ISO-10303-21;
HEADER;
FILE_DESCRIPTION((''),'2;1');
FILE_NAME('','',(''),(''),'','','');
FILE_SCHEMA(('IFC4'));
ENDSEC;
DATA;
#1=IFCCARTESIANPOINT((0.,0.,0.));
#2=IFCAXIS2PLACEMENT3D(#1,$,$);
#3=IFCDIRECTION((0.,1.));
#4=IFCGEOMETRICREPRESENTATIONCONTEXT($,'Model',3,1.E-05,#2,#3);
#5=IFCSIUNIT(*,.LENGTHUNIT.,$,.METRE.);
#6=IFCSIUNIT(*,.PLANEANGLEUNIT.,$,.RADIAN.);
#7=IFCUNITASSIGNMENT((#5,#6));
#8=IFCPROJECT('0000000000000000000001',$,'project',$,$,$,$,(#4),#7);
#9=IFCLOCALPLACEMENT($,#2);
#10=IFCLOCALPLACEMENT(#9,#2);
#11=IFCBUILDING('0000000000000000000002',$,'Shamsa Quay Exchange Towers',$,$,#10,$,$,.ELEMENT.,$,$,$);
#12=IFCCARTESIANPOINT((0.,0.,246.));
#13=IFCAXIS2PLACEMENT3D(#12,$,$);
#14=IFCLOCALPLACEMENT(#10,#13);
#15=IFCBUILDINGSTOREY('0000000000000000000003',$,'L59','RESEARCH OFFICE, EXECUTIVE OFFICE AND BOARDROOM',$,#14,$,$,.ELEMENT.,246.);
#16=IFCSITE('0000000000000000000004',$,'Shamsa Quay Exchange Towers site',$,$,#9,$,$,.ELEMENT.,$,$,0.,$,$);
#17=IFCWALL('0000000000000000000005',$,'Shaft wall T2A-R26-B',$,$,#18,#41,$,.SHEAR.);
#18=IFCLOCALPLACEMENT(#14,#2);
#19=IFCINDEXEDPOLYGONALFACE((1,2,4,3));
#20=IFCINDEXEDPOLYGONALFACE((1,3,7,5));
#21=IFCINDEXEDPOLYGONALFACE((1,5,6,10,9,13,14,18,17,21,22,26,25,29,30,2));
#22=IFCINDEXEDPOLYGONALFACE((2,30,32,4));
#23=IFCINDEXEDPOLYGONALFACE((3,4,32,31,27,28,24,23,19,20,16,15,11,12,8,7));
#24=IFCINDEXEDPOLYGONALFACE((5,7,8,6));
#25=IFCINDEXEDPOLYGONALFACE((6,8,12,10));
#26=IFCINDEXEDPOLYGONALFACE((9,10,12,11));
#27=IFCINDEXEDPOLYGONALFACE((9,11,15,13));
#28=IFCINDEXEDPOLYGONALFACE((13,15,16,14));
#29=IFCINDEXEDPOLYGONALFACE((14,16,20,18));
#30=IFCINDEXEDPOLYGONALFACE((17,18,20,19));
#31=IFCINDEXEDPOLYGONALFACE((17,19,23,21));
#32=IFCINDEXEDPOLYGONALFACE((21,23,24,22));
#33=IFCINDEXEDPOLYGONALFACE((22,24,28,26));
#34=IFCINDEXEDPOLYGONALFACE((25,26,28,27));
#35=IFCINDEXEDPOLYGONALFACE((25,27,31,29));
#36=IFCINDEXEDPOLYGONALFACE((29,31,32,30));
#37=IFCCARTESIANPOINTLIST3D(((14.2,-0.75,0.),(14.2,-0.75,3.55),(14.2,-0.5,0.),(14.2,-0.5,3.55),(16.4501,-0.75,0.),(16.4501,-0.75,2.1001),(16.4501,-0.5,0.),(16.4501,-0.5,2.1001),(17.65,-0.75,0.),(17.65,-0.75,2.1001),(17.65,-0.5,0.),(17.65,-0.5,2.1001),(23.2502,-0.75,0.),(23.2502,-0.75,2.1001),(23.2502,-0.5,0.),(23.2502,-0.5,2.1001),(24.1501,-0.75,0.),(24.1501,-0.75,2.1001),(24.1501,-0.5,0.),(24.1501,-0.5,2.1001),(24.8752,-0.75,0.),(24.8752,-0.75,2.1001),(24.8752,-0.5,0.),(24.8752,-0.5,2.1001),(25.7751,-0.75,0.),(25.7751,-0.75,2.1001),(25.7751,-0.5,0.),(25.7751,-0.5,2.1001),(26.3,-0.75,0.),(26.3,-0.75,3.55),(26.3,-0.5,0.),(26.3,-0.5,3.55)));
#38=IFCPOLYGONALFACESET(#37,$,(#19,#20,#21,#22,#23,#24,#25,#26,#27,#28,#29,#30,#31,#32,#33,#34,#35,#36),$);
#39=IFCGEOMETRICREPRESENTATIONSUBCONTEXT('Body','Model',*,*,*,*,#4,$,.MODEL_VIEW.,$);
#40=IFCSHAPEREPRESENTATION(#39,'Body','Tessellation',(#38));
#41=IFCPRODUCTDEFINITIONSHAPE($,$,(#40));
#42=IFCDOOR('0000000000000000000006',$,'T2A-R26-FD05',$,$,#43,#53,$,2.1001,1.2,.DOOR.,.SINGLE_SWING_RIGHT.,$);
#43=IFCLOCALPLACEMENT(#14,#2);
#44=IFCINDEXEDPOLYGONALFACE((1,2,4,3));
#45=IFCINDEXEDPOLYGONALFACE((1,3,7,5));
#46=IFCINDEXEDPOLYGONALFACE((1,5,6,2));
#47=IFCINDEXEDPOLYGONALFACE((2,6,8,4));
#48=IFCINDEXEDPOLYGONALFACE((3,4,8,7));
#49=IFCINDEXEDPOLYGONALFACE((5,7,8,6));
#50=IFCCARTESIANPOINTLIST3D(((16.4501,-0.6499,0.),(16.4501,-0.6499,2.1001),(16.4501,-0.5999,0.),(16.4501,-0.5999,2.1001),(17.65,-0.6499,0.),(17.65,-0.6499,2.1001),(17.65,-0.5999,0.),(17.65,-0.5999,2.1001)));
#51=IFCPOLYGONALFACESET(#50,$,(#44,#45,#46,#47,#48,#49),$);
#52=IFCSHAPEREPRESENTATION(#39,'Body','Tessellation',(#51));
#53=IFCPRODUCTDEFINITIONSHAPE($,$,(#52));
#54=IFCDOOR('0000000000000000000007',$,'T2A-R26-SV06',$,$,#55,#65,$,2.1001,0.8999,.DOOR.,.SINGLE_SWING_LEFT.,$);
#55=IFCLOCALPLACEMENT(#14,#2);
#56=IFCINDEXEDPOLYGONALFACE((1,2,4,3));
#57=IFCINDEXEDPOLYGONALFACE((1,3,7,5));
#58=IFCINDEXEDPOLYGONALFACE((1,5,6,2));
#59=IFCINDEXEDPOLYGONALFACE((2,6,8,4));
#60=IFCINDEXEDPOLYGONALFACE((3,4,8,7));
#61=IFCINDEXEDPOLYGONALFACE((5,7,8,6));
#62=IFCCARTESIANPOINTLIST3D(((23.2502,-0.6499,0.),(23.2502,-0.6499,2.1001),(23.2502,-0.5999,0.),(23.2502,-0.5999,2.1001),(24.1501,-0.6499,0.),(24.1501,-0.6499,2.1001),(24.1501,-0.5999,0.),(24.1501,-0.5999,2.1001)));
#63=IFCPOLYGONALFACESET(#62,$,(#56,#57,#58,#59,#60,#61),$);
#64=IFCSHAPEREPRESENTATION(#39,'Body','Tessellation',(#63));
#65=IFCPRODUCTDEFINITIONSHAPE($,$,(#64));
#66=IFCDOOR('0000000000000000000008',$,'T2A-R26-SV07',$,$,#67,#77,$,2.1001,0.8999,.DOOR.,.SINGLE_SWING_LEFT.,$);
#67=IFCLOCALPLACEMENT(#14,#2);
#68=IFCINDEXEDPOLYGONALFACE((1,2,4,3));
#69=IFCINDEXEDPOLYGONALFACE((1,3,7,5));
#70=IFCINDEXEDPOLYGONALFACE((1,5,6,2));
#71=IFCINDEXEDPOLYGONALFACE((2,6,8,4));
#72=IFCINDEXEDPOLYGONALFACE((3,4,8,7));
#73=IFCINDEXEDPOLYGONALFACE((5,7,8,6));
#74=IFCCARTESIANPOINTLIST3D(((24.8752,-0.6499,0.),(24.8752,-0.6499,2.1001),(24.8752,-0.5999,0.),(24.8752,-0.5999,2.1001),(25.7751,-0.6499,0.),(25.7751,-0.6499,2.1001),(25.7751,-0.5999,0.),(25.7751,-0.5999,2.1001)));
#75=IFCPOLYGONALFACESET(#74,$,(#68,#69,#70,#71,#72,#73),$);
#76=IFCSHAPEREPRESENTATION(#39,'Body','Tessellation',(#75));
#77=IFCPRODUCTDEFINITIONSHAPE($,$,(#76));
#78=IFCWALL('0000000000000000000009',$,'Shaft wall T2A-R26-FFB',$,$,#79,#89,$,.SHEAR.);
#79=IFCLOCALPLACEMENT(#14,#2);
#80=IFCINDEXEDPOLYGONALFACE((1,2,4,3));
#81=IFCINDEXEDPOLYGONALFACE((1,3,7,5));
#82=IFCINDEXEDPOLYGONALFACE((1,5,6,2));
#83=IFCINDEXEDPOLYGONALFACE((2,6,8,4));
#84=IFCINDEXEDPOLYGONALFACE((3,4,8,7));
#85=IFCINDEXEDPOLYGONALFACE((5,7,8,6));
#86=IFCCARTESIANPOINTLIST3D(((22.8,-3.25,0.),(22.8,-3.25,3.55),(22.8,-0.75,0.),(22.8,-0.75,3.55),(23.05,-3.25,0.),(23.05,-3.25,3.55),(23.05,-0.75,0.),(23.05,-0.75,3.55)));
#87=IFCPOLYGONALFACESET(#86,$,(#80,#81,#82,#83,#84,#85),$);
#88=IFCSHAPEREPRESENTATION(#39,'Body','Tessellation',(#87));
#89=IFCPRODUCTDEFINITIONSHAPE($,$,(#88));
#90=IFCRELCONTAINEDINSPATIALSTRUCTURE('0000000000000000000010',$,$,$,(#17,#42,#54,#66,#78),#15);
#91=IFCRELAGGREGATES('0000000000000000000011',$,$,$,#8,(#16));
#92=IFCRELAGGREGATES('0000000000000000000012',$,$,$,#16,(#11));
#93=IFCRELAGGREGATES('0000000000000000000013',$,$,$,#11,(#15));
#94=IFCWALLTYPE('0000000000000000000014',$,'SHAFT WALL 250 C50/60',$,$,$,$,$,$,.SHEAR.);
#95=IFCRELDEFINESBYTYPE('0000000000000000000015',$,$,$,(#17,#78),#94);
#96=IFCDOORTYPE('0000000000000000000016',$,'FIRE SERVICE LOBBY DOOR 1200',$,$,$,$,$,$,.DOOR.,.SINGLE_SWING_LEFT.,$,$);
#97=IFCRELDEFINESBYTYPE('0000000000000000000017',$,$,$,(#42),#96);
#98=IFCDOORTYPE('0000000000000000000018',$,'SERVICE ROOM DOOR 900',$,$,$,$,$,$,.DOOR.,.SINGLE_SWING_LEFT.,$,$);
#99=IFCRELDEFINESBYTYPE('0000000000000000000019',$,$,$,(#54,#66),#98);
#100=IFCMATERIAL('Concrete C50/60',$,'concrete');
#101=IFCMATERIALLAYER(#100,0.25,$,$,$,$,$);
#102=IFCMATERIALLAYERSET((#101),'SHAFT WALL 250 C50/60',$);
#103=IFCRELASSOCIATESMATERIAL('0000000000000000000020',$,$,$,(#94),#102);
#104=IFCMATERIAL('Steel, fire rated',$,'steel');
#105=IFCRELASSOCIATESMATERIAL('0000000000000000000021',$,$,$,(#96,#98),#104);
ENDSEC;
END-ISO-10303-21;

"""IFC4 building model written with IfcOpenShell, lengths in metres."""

from ifc_helpers import new_model, si_unit, direction, frame, frame_2d, origin, place, context, subcontext, project, spatial, rectangle, extrude, material, layer, layer_set, type_object, element, fill, save


model = new_model("IFC4")

# Units and contexts
model_context = context("Model", 3, precision=1e-05, world=origin(), true_north=direction((0.0, 1.0)))
body_context = subcontext(model_context, "Body", "Model", "MODEL_VIEW")
ifc_project = project(units=[si_unit("LENGTHUNIT", "METRE"), si_unit("PLANEANGLEUNIT", "RADIAN")], contexts=[model_context])

# Site, building, storey
site_placement = place(None, origin())
site = spatial("IfcSite", under=ifc_project, at=site_placement, Name="Shamsa Quay Exchange Towers site", CompositionType="ELEMENT", RefElevation=0.0)
building_placement = place(site_placement, origin())
building = spatial("IfcBuilding", under=site, at=building_placement, Name="Shamsa Quay Exchange Towers", CompositionType="ELEMENT")
storey_placement = place(building_placement, frame((0.0, 0.0, 246.0)))
storey = spatial("IfcBuildingStorey", under=building, at=storey_placement, Name="L59", Description="RESEARCH OFFICE, EXECUTIVE OFFICE AND BOARDROOM", CompositionType="ELEMENT", Elevation=246.0)

# Shared definitions
ifc_material_1 = material(Name="Concrete C50/60", Category="concrete")
ifc_layer_1 = layer(ifc_material_1, 0.25)
ifc_layer_set_1 = layer_set([ifc_layer_1], Name="SHAFT WALL 250 C50/60")
wall_type_1 = type_object("IfcWallType", Name="SHAFT WALL 250 C50/60", PredefinedType="SHEAR", material=ifc_layer_set_1)
ifc_material_2 = material(Name="Steel, fire rated", Category="steel")

# Wall, openings, doors
wall_1_placement = place(storey_placement, frame((26.3, -0.625, 0.0), z_axis=(0.0, 0.0, 1.0), x_axis=(-1.0, 0.0, 0.0)))
wall_1 = element("IfcWall", 1, at=wall_1_placement, inside=storey, type_object=wall_type_1, Name="Shaft wall T2A-R26-B", PredefinedType="SHEAR", context=body_context, shape_type="SweptSolid", body=[
    extrude(rectangle(XDim=12.1001, YDim=0.25, at=frame_2d((6.05, 0.0))), origin(), (0.0, 0.0, 1.0), 3.55),
])
opening_1_placement = place(wall_1_placement, frame((8.6499, 0.0, 0.0)))
opening_1 = element("IfcOpeningElement", 2, at=opening_1_placement, cuts=wall_1, PredefinedType="OPENING", context=body_context, shape_type="SweptSolid", body=[
    extrude(rectangle(XDim=1.2, YDim=2.1001, at=frame_2d((0.6001, 1.05))), frame((0.0, 0.135, 0.0), z_axis=(0.0, -1.0, 0.0), x_axis=(1.0, 0.0, 0.0)), (0.0, 0.0, 1.0), 0.27),
])
opening_2_placement = place(wall_1_placement, frame((2.1499, 0.0, 0.0)))
opening_2 = element("IfcOpeningElement", 3, at=opening_2_placement, cuts=wall_1, PredefinedType="OPENING", context=body_context, shape_type="SweptSolid", body=[
    extrude(rectangle(XDim=0.8999, YDim=2.1001, at=frame_2d((0.45, 1.05))), frame((0.0, 0.135, 0.0), z_axis=(0.0, -1.0, 0.0), x_axis=(1.0, 0.0, 0.0)), (0.0, 0.0, 1.0), 0.27),
])
opening_3_placement = place(wall_1_placement, frame((0.5249, 0.0, 0.0)))
opening_3 = element("IfcOpeningElement", 4, at=opening_3_placement, cuts=wall_1, PredefinedType="OPENING", context=body_context, shape_type="SweptSolid", body=[
    extrude(rectangle(XDim=0.8999, YDim=2.1001, at=frame_2d((0.45, 1.05))), frame((0.0, 0.135, 0.0), z_axis=(0.0, -1.0, 0.0), x_axis=(1.0, 0.0, 0.0)), (0.0, 0.0, 1.0), 0.27),
])
door_type_1 = type_object("IfcDoorType", Name="FIRE SERVICE LOBBY DOOR 1200", OperationType="SINGLE_SWING_LEFT", PredefinedType="DOOR", material=ifc_material_2)
door_1_placement = place(opening_1_placement, origin())
door_1 = element("IfcDoor", 5, at=door_1_placement, inside=storey, type_object=door_type_1, Name="T2A-R26-FD05", OperationType="SINGLE_SWING_RIGHT", OverallHeight=2.1001, OverallWidth=1.2, PredefinedType="DOOR", context=body_context, shape_type="SweptSolid", body=[
    extrude(rectangle(XDim=1.2, YDim=2.1001, at=frame_2d((0.6001, 1.05))), frame((0.0, 0.0249, 0.0), z_axis=(0.0, -1.0, 0.0), x_axis=(1.0, 0.0, 0.0)), (0.0, 0.0, 1.0), 0.05),
])
fill(opening_1, door_1)
door_type_2 = type_object("IfcDoorType", Name="SERVICE ROOM DOOR 900", OperationType="SINGLE_SWING_LEFT", PredefinedType="DOOR", material=ifc_material_2)
door_2_placement = place(opening_2_placement, origin())
door_2 = element("IfcDoor", 6, at=door_2_placement, inside=storey, type_object=door_type_2, Name="T2A-R26-SV06", OperationType="SINGLE_SWING_LEFT", OverallHeight=2.1001, OverallWidth=0.8999, PredefinedType="DOOR", context=body_context, shape_type="SweptSolid", body=[
    extrude(rectangle(XDim=0.8999, YDim=2.1001, at=frame_2d((0.45, 1.05))), frame((0.0, 0.0249, 0.0), z_axis=(0.0, -1.0, 0.0), x_axis=(1.0, 0.0, 0.0)), (0.0, 0.0, 1.0), 0.05),
])
fill(opening_2, door_2)
door_3_placement = place(opening_3_placement, origin())
door_3 = element("IfcDoor", 7, at=door_3_placement, inside=storey, type_object=door_type_2, Name="T2A-R26-SV07", OperationType="SINGLE_SWING_LEFT", OverallHeight=2.1001, OverallWidth=0.8999, PredefinedType="DOOR", context=body_context, shape_type="SweptSolid", body=[
    extrude(rectangle(XDim=0.8999, YDim=2.1001, at=frame_2d((0.45, 1.05))), frame((0.0, 0.0249, 0.0), z_axis=(0.0, -1.0, 0.0), x_axis=(1.0, 0.0, 0.0)), (0.0, 0.0, 1.0), 0.05),
])
fill(opening_3, door_3)

# Wall
wall_2_placement = place(storey_placement, frame((22.925, -3.25, 0.0), z_axis=(0.0, 0.0, 1.0), x_axis=(0.0, 1.0, 0.0)))
element("IfcWall", 8, at=wall_2_placement, inside=storey, type_object=wall_type_1, Name="Shaft wall T2A-R26-FFB", PredefinedType="SHEAR", context=body_context, shape_type="SweptSolid", body=[
    extrude(rectangle(XDim=2.5, YDim=0.25, at=frame_2d((1.25, 0.0))), origin(), (0.0, 0.0, 1.0), 3.55),
])

save(model, "model.ifc")
